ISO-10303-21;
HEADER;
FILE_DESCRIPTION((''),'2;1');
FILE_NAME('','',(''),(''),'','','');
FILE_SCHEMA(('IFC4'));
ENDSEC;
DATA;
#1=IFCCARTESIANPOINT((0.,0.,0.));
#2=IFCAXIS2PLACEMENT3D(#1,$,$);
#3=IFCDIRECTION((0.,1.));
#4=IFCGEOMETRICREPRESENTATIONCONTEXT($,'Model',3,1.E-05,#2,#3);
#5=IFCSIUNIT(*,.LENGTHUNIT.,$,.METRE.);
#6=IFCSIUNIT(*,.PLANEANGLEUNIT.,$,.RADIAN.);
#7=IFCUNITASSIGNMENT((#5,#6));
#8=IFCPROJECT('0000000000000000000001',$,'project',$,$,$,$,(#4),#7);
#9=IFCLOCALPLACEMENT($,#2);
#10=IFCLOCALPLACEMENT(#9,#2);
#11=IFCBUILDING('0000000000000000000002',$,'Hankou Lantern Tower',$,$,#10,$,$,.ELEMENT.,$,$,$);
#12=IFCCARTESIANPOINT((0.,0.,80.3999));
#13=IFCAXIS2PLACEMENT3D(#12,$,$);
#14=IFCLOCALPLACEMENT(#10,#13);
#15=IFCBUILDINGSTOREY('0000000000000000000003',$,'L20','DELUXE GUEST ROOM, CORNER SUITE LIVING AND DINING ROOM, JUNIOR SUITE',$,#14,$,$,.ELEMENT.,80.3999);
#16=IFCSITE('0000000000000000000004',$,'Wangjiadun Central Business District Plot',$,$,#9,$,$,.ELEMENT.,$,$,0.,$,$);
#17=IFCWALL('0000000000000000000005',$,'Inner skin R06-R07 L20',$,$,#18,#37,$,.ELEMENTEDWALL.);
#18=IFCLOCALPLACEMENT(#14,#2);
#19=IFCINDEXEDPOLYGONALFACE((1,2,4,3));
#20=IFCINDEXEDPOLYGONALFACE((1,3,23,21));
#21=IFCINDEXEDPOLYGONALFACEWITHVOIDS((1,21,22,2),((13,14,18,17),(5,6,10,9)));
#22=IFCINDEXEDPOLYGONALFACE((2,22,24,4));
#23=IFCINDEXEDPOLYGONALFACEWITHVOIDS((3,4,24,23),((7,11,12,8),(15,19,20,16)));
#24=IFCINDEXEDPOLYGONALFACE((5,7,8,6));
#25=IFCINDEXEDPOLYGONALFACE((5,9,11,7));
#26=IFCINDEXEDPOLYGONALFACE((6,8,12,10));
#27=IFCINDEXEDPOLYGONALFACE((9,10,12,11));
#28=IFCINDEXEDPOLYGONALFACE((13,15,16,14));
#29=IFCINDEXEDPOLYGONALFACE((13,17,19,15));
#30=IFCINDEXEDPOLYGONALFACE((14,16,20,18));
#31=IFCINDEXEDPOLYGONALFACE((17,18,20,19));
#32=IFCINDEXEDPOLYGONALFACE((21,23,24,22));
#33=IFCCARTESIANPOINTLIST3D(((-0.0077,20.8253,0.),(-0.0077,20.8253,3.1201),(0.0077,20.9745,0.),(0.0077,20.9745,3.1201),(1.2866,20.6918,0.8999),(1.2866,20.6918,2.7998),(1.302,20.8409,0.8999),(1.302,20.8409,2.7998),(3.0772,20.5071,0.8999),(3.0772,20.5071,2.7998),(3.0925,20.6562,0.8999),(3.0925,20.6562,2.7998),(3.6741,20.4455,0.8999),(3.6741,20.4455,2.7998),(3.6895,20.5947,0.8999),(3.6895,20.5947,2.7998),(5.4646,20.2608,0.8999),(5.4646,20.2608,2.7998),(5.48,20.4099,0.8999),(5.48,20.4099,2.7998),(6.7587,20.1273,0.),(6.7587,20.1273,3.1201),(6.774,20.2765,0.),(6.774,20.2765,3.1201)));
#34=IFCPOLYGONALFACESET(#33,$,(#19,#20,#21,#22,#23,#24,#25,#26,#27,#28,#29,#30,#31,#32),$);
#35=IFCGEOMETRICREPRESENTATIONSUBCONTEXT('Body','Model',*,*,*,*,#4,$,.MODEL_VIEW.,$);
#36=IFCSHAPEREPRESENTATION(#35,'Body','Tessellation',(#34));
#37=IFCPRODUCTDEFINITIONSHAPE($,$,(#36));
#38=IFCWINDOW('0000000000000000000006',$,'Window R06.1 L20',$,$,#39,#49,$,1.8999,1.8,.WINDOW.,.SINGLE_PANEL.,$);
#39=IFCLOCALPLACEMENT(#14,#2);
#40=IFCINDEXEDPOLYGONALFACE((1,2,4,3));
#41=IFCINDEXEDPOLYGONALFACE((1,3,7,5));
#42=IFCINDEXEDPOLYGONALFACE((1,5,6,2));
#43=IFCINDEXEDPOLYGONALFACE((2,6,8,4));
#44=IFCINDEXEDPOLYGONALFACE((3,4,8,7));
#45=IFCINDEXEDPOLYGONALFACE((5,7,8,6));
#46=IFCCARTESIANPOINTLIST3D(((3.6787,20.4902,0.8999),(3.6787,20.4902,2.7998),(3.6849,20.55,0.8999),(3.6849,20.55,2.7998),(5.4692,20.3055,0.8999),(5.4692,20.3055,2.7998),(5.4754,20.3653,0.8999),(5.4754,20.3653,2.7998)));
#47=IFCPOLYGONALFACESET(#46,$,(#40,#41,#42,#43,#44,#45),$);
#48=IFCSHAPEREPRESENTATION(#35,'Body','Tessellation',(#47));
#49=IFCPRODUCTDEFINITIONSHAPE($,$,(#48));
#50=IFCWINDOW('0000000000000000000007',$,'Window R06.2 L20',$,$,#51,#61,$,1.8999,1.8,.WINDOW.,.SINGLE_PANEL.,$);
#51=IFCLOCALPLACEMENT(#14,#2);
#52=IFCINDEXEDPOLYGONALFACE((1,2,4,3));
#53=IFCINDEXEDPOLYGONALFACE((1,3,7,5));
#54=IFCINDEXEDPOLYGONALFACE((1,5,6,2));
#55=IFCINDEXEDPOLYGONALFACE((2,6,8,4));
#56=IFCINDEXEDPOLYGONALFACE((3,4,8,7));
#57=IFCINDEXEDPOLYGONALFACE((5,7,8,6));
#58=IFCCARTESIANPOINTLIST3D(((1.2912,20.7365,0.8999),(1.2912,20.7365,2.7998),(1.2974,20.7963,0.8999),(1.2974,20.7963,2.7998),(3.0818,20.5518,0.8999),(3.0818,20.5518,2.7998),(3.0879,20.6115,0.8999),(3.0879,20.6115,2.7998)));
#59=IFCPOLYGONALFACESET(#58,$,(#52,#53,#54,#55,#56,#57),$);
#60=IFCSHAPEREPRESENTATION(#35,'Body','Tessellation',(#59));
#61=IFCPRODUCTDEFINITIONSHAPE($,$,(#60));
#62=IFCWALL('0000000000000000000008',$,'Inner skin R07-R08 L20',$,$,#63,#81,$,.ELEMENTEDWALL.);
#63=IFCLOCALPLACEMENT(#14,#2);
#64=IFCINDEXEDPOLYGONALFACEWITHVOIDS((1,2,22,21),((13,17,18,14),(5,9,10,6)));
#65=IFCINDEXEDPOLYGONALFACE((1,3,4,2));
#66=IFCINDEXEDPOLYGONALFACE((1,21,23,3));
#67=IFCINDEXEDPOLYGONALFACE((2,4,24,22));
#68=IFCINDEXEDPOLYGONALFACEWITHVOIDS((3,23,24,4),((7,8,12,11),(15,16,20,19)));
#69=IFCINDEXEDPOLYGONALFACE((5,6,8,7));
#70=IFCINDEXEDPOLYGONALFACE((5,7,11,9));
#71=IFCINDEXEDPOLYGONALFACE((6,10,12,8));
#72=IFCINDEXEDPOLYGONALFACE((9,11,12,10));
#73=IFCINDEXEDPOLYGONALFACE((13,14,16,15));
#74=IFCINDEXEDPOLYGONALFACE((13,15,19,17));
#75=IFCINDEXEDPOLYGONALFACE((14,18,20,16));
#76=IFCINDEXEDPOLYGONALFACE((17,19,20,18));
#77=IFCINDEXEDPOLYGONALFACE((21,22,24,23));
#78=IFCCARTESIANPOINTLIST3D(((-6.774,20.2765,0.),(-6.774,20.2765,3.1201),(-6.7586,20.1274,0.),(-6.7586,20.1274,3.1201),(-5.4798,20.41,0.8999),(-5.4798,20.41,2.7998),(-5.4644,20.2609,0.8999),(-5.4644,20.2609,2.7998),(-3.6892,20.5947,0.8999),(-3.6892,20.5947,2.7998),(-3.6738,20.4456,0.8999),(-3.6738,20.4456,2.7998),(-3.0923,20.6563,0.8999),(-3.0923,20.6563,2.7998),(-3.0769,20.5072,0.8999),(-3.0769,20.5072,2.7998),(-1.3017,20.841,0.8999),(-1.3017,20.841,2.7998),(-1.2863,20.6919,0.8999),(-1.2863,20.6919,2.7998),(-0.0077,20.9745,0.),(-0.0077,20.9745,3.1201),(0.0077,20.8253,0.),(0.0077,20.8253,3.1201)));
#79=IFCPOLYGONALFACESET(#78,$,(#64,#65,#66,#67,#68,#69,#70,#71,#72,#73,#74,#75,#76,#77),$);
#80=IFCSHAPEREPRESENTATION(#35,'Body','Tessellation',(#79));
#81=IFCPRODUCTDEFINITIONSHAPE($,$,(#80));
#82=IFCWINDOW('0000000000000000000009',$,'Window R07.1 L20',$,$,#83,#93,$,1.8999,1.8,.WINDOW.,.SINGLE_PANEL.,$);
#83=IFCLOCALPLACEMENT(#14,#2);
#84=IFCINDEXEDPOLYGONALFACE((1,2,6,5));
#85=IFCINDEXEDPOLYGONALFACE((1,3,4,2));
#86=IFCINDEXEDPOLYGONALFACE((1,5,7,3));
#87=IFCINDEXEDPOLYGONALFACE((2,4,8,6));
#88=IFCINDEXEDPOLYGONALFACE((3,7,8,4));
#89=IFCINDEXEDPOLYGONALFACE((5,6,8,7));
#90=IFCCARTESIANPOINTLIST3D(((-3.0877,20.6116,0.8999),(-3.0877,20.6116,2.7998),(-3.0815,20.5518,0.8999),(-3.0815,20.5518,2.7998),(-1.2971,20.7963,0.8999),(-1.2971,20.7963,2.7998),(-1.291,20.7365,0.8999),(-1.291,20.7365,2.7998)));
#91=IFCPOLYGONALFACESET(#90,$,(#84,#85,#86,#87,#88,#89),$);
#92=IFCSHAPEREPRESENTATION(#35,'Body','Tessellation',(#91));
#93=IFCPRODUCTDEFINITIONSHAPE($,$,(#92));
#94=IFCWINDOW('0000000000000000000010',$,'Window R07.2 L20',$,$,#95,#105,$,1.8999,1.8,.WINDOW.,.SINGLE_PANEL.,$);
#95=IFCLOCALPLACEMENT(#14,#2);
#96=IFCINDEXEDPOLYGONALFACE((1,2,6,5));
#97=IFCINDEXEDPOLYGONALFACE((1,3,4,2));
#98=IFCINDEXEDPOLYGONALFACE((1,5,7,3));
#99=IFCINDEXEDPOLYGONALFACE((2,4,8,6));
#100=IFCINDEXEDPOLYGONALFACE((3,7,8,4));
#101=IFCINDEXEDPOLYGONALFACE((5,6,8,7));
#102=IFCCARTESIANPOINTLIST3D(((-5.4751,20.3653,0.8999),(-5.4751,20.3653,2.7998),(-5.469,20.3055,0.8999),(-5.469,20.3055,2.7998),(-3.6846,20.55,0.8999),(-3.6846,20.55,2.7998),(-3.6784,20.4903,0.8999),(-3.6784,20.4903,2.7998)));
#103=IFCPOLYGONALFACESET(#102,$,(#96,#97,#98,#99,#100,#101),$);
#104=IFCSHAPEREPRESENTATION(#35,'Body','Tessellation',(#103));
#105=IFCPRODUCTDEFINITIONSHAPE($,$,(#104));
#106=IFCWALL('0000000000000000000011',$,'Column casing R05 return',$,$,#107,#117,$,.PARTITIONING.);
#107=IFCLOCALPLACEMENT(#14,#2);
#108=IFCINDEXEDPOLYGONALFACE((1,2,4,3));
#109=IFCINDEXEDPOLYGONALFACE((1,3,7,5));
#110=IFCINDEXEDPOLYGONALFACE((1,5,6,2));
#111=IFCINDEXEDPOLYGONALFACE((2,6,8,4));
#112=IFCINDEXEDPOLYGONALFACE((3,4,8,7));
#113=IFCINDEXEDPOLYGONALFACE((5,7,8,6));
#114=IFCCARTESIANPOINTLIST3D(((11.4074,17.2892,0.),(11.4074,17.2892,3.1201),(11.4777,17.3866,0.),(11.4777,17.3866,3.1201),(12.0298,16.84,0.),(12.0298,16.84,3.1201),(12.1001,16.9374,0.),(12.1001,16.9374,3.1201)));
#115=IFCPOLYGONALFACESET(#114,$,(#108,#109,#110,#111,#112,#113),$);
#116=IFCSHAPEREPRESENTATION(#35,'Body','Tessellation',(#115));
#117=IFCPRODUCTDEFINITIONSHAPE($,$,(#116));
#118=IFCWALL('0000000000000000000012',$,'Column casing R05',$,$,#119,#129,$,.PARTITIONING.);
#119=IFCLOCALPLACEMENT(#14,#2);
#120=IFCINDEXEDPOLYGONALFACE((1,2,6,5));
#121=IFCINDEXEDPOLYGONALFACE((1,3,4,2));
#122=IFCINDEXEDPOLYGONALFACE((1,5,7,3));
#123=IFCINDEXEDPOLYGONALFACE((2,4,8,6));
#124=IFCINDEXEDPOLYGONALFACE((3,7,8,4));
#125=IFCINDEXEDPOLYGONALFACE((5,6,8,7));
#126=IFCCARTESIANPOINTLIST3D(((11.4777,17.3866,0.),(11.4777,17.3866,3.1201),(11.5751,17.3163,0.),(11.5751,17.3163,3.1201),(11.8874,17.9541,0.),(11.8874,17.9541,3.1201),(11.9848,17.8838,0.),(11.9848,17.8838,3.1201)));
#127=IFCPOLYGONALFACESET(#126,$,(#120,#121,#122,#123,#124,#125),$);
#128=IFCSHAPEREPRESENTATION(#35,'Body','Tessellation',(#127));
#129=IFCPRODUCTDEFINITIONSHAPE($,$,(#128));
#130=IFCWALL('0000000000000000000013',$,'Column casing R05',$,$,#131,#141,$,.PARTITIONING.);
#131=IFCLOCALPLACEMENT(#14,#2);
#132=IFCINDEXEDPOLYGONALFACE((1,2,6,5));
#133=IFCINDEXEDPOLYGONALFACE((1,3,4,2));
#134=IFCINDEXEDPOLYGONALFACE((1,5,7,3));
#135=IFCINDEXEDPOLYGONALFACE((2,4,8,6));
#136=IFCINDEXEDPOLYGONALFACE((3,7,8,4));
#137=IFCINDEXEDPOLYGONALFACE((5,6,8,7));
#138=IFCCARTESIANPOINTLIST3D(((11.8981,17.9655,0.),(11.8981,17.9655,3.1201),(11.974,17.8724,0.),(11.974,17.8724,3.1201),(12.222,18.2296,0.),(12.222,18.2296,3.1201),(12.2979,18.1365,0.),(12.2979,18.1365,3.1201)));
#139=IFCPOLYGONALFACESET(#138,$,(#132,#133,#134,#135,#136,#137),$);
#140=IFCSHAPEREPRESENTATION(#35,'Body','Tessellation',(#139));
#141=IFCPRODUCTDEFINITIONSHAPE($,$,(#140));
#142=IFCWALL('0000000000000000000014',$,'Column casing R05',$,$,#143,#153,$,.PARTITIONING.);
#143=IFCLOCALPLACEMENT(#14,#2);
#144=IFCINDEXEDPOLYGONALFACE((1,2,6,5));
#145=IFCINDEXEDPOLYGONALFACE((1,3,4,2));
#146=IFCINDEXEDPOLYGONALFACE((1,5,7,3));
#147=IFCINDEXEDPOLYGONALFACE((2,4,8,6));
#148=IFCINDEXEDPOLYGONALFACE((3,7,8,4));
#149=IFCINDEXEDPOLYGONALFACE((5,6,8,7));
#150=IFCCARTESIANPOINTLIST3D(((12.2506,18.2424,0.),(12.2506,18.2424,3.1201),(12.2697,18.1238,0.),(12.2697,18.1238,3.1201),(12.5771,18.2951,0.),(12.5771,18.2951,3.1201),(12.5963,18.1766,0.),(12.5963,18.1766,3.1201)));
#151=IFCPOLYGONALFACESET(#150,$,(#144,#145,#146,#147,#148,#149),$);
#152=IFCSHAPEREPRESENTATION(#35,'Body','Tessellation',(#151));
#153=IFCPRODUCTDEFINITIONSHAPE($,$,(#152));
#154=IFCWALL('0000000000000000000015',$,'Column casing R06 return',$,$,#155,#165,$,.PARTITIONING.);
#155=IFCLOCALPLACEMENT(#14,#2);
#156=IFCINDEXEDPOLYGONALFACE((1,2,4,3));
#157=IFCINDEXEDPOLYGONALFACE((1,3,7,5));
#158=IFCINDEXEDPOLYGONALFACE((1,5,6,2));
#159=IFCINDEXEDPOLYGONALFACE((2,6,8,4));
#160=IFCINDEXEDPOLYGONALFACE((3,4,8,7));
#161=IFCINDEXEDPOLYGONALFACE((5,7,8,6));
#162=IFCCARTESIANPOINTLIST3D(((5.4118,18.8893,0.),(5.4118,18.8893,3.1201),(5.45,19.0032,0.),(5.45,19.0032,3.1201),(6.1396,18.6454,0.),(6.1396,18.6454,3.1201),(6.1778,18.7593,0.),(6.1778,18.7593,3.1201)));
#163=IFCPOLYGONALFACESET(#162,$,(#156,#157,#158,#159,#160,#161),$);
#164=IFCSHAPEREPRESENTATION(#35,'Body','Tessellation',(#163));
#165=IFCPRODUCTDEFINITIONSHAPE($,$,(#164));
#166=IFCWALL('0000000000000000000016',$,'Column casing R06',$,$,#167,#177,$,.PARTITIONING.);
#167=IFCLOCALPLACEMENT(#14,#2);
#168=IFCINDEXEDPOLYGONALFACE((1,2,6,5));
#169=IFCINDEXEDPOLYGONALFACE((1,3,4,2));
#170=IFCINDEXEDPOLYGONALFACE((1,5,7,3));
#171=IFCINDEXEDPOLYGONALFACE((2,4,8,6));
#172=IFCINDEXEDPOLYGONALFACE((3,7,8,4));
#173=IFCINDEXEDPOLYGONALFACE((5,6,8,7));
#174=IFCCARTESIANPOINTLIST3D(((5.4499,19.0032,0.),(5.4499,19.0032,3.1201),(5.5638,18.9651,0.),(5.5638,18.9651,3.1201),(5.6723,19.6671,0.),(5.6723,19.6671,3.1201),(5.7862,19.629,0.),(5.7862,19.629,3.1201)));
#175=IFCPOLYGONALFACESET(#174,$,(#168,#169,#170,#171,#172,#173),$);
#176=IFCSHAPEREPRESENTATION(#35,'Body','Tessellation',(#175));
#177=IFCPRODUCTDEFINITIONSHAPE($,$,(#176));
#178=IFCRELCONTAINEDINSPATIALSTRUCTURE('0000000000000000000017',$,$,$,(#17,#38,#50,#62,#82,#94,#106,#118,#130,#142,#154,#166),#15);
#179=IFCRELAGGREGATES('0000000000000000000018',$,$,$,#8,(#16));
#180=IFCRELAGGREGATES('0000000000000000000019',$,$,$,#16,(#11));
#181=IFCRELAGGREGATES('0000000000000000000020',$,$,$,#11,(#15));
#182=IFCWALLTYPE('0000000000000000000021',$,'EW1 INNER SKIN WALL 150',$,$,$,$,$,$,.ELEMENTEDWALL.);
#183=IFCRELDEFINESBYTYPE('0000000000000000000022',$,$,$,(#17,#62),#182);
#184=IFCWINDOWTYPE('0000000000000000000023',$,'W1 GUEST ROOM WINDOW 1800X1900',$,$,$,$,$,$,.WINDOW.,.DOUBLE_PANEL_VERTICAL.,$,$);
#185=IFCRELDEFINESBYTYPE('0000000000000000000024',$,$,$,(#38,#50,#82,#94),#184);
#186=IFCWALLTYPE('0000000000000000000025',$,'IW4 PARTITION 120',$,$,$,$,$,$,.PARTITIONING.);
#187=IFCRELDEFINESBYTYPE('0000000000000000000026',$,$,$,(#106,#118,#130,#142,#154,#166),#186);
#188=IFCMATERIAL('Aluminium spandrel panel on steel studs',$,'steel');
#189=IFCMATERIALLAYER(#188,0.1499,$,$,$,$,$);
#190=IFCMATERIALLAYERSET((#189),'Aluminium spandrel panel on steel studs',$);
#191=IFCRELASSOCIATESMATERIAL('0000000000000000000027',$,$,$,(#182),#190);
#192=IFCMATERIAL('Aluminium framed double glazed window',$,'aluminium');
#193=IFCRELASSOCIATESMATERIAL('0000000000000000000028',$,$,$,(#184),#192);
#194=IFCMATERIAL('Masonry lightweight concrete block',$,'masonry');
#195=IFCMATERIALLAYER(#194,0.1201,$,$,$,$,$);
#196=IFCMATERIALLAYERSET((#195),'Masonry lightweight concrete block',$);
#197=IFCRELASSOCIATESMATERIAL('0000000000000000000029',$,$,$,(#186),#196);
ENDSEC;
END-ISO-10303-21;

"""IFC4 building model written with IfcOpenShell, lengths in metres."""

from ifc_helpers import new_model, si_unit, direction, frame, frame_2d, origin, place, context, subcontext, project, spatial, rectangle, extrude, material, layer, layer_set, type_object, element, fill, save


model = new_model("IFC4")

# Units and contexts
model_context = context("Model", 3, precision=1e-05, world=origin(), true_north=direction((0.0, 1.0)))
body_context = subcontext(model_context, "Body", "Model", "MODEL_VIEW")
ifc_project = project(units=[si_unit("LENGTHUNIT", "METRE"), si_unit("PLANEANGLEUNIT", "RADIAN")], contexts=[model_context])

# Site, building, storey
site_placement = place(None, origin())
site = spatial("IfcSite", under=ifc_project, at=site_placement, Name="Wangjiadun Central Business District Plot", CompositionType="ELEMENT", RefElevation=0.0)
building_placement = place(site_placement, origin())
building = spatial("IfcBuilding", under=site, at=building_placement, Name="Hankou Lantern Tower", CompositionType="ELEMENT")
storey_placement = place(building_placement, frame((0.0, 0.0, 80.3999)))
storey = spatial("IfcBuildingStorey", under=building, at=storey_placement, Name="L20", Description="DELUXE GUEST ROOM, CORNER SUITE LIVING AND DINING ROOM, JUNIOR SUITE", CompositionType="ELEMENT", Elevation=80.3999)

# Walls, openings, windows
ifc_material_1 = material(Name="Aluminium spandrel panel on steel studs", Category="steel")
ifc_layer_1 = layer(ifc_material_1, 0.1499)
ifc_layer_set_1 = layer_set([ifc_layer_1], Name="Aluminium spandrel panel on steel studs")
wall_type_1 = type_object("IfcWallType", Name="EW1 INNER SKIN WALL 150", PredefinedType="ELEMENTEDWALL", material=ifc_layer_set_1)
wall_1_placement = place(storey_placement, frame((6.7664, 20.2019, 0.0), z_axis=(0.0, 0.0, 1.0), x_axis=(-0.994721, 0.102613, 0.0)))
wall_1 = element("IfcWall", 1, at=wall_1_placement, inside=storey, type_object=wall_type_1, Name="Inner skin R06-R07 L20", PredefinedType="ELEMENTEDWALL", context=body_context, shape_type="SweptSolid", body=[
    extrude(rectangle(XDim=6.8022, YDim=0.1499, at=frame_2d((3.4011, 0.0))), origin(), (0.0, 0.0, 1.0), 3.1201),
])
opening_1_placement = place(wall_1_placement, frame((1.301, 0.0, 0.8999)))
opening_1 = element("IfcOpeningElement", 2, at=opening_1_placement, cuts=wall_1, PredefinedType="OPENING", context=body_context, shape_type="SweptSolid", body=[
    extrude(rectangle(XDim=1.8, YDim=1.8999, at=frame_2d((0.8999, 0.95))), frame((0.0, 0.085, 0.0), z_axis=(0.0, -1.0, 0.0), x_axis=(1.0, 0.0, 0.0)), (0.0, 0.0, 1.0), 0.1699),
])
opening_2_placement = place(wall_1_placement, frame((3.7012, 0.0, 0.8999)))
opening_2 = element("IfcOpeningElement", 3, at=opening_2_placement, cuts=wall_1, PredefinedType="OPENING", context=body_context, shape_type="SweptSolid", body=[
    extrude(rectangle(XDim=1.8, YDim=1.8999, at=frame_2d((0.8999, 0.95))), frame((0.0, 0.085, 0.0), z_axis=(0.0, -1.0, 0.0), x_axis=(1.0, 0.0, 0.0)), (0.0, 0.0, 1.0), 0.1699),
])
ifc_material_2 = material(Name="Aluminium framed double glazed window", Category="aluminium")
window_type = type_object("IfcWindowType", Name="W1 GUEST ROOM WINDOW 1800X1900", PartitioningType="DOUBLE_PANEL_VERTICAL", PredefinedType="WINDOW", material=ifc_material_2)
window_1_placement = place(opening_1_placement, origin())
window_1 = element("IfcWindow", 4, at=window_1_placement, inside=storey, type_object=window_type, Name="Window R06.1 L20", OverallHeight=1.8999, OverallWidth=1.8, PartitioningType="SINGLE_PANEL", PredefinedType="WINDOW", context=body_context, shape_type="SweptSolid", body=[
    extrude(rectangle(XDim=1.8, YDim=1.8999, at=frame_2d((0.8999, 0.95))), frame((0.0, 0.03, 0.0), z_axis=(0.0, -1.0, 0.0), x_axis=(1.0, 0.0, 0.0)), (0.0, 0.0, 1.0), 0.0601),
])
fill(opening_1, window_1)
window_2_placement = place(opening_2_placement, origin())
window_2 = element("IfcWindow", 5, at=window_2_placement, inside=storey, type_object=window_type, Name="Window R06.2 L20", OverallHeight=1.8999, OverallWidth=1.8, PartitioningType="SINGLE_PANEL", PredefinedType="WINDOW", context=body_context, shape_type="SweptSolid", body=[
    extrude(rectangle(XDim=1.8, YDim=1.8999, at=frame_2d((0.8999, 0.95))), frame((0.0, 0.03, 0.0), z_axis=(0.0, -1.0, 0.0), x_axis=(1.0, 0.0, 0.0)), (0.0, 0.0, 1.0), 0.0601),
])
fill(opening_2, window_2)
wall_2_placement = place(storey_placement, frame((0.0, 20.8999, 0.0), z_axis=(0.0, 0.0, 1.0), x_axis=(-0.994721, -0.102613, 0.0)))
wall_2 = element("IfcWall", 6, at=wall_2_placement, inside=storey, type_object=wall_type_1, Name="Inner skin R07-R08 L20", PredefinedType="ELEMENTEDWALL", context=body_context, shape_type="SweptSolid", body=[
    extrude(rectangle(XDim=6.8022, YDim=0.1499, at=frame_2d((3.4011, 0.0))), origin(), (0.0, 0.0, 1.0), 3.1201),
])
opening_3_placement = place(wall_2_placement, frame((1.301, 0.0, 0.8999)))
opening_3 = element("IfcOpeningElement", 7, at=opening_3_placement, cuts=wall_2, PredefinedType="OPENING", context=body_context, shape_type="SweptSolid", body=[
    extrude(rectangle(XDim=1.8, YDim=1.8999, at=frame_2d((0.8999, 0.95))), frame((0.0, 0.085, 0.0), z_axis=(0.0, -1.0, 0.0), x_axis=(1.0, 0.0, 0.0)), (0.0, 0.0, 1.0), 0.1699),
])
opening_4_placement = place(wall_2_placement, frame((3.7012, 0.0, 0.8999)))
opening_4 = element("IfcOpeningElement", 8, at=opening_4_placement, cuts=wall_2, PredefinedType="OPENING", context=body_context, shape_type="SweptSolid", body=[
    extrude(rectangle(XDim=1.8, YDim=1.8999, at=frame_2d((0.8999, 0.95))), frame((0.0, 0.085, 0.0), z_axis=(0.0, -1.0, 0.0), x_axis=(1.0, 0.0, 0.0)), (0.0, 0.0, 1.0), 0.1699),
])
window_3_placement = place(opening_3_placement, origin())
window_3 = element("IfcWindow", 9, at=window_3_placement, inside=storey, type_object=window_type, Name="Window R07.1 L20", OverallHeight=1.8999, OverallWidth=1.8, PartitioningType="SINGLE_PANEL", PredefinedType="WINDOW", context=body_context, shape_type="SweptSolid", body=[
    extrude(rectangle(XDim=1.8, YDim=1.8999, at=frame_2d((0.8999, 0.95))), frame((0.0, 0.03, 0.0), z_axis=(0.0, -1.0, 0.0), x_axis=(1.0, 0.0, 0.0)), (0.0, 0.0, 1.0), 0.0601),
])
fill(opening_3, window_3)
window_4_placement = place(opening_4_placement, origin())
window_4 = element("IfcWindow", 10, at=window_4_placement, inside=storey, type_object=window_type, Name="Window R07.2 L20", OverallHeight=1.8999, OverallWidth=1.8, PartitioningType="SINGLE_PANEL", PredefinedType="WINDOW", context=body_context, shape_type="SweptSolid", body=[
    extrude(rectangle(XDim=1.8, YDim=1.8999, at=frame_2d((0.8999, 0.95))), frame((0.0, 0.03, 0.0), z_axis=(0.0, -1.0, 0.0), x_axis=(1.0, 0.0, 0.0)), (0.0, 0.0, 1.0), 0.0601),
])
fill(opening_4, window_4)

# Walls
ifc_material_3 = material(Name="Masonry lightweight concrete block", Category="masonry")
ifc_layer_2 = layer(ifc_material_3, 0.1201)
ifc_layer_set_2 = layer_set([ifc_layer_2], Name="Masonry lightweight concrete block")
wall_type_2 = type_object("IfcWallType", Name="IW4 PARTITION 120", PredefinedType="PARTITIONING", material=ifc_layer_set_2)
wall_3_placement = place(storey_placement, frame((12.0649, 16.8887, 0.0), z_axis=(0.0, 0.0, 1.0), x_axis=(-0.810822, 0.585293, 0.0)))
element("IfcWall", 11, at=wall_3_placement, inside=storey, type_object=wall_type_2, Name="Column casing R05 return", PredefinedType="PARTITIONING", context=body_context, shape_type="SweptSolid", body=[
    extrude(rectangle(XDim=0.7676, YDim=0.1201, at=frame_2d((0.3838, 0.0))), origin(), (0.0, 0.0, 1.0), 3.1201),
])
wall_4_placement = place(storey_placement, frame((11.5264, 17.3513, 0.0), z_axis=(0.0, 0.0, 1.0), x_axis=(0.585223, 0.810872, 0.0)))
element("IfcWall", 12, at=wall_4_placement, inside=storey, type_object=wall_type_2, Name="Column casing R05", PredefinedType="PARTITIONING", context=body_context, shape_type="SweptSolid", body=[
    extrude(rectangle(XDim=0.7, YDim=0.1201, at=frame_2d((0.3501, 0.0))), origin(), (0.0, 0.0, 1.0), 3.1201),
])
wall_5_placement = place(storey_placement, frame((11.936, 17.9189, 0.0), z_axis=(0.0, 0.0, 1.0), x_axis=(0.775023, 0.631933, 0.0)))
element("IfcWall", 13, at=wall_5_placement, inside=storey, type_object=wall_type_2, Name="Column casing R05", PredefinedType="PARTITIONING", context=body_context, shape_type="SweptSolid", body=[
    extrude(rectangle(XDim=0.418, YDim=0.1201, at=frame_2d((0.209, 0.0))), origin(), (0.0, 0.0, 1.0), 3.1201),
])
wall_6_placement = place(storey_placement, frame((12.26, 18.1831, 0.0), z_axis=(0.0, 0.0, 1.0), x_axis=(0.987219, 0.159372, 0.0)))
element("IfcWall", 14, at=wall_6_placement, inside=storey, type_object=wall_type_2, Name="Column casing R05", PredefinedType="PARTITIONING", context=body_context, shape_type="SweptSolid", body=[
    extrude(rectangle(XDim=0.3308, YDim=0.1201, at=frame_2d((0.1655, 0.0))), origin(), (0.0, 0.0, 1.0), 3.1201),
])
wall_7_placement = place(storey_placement, frame((6.1587, 18.7024, 0.0), z_axis=(0.0, 0.0, 1.0), x_axis=(-0.948173, 0.317754, 0.0)))
element("IfcWall", 15, at=wall_7_placement, inside=storey, type_object=wall_type_2, Name="Column casing R06 return", PredefinedType="PARTITIONING", context=body_context, shape_type="SweptSolid", body=[
    extrude(rectangle(XDim=0.7676, YDim=0.1201, at=frame_2d((0.3838, 0.0))), origin(), (0.0, 0.0, 1.0), 3.1201),
])
wall_8_placement = place(storey_placement, frame((5.5068, 18.9841, 0.0), z_axis=(0.0, 0.0, 1.0), x_axis=(0.317692, 0.948194, 0.0)))
element("IfcWall", 16, at=wall_8_placement, inside=storey, type_object=wall_type_2, Name="Column casing R06", PredefinedType="PARTITIONING", context=body_context, shape_type="SweptSolid", body=[
    extrude(rectangle(XDim=0.7002, YDim=0.1201, at=frame_2d((0.3501, 0.0))), origin(), (0.0, 0.0, 1.0), 3.1201),
])

save(model, "model.ifc")
